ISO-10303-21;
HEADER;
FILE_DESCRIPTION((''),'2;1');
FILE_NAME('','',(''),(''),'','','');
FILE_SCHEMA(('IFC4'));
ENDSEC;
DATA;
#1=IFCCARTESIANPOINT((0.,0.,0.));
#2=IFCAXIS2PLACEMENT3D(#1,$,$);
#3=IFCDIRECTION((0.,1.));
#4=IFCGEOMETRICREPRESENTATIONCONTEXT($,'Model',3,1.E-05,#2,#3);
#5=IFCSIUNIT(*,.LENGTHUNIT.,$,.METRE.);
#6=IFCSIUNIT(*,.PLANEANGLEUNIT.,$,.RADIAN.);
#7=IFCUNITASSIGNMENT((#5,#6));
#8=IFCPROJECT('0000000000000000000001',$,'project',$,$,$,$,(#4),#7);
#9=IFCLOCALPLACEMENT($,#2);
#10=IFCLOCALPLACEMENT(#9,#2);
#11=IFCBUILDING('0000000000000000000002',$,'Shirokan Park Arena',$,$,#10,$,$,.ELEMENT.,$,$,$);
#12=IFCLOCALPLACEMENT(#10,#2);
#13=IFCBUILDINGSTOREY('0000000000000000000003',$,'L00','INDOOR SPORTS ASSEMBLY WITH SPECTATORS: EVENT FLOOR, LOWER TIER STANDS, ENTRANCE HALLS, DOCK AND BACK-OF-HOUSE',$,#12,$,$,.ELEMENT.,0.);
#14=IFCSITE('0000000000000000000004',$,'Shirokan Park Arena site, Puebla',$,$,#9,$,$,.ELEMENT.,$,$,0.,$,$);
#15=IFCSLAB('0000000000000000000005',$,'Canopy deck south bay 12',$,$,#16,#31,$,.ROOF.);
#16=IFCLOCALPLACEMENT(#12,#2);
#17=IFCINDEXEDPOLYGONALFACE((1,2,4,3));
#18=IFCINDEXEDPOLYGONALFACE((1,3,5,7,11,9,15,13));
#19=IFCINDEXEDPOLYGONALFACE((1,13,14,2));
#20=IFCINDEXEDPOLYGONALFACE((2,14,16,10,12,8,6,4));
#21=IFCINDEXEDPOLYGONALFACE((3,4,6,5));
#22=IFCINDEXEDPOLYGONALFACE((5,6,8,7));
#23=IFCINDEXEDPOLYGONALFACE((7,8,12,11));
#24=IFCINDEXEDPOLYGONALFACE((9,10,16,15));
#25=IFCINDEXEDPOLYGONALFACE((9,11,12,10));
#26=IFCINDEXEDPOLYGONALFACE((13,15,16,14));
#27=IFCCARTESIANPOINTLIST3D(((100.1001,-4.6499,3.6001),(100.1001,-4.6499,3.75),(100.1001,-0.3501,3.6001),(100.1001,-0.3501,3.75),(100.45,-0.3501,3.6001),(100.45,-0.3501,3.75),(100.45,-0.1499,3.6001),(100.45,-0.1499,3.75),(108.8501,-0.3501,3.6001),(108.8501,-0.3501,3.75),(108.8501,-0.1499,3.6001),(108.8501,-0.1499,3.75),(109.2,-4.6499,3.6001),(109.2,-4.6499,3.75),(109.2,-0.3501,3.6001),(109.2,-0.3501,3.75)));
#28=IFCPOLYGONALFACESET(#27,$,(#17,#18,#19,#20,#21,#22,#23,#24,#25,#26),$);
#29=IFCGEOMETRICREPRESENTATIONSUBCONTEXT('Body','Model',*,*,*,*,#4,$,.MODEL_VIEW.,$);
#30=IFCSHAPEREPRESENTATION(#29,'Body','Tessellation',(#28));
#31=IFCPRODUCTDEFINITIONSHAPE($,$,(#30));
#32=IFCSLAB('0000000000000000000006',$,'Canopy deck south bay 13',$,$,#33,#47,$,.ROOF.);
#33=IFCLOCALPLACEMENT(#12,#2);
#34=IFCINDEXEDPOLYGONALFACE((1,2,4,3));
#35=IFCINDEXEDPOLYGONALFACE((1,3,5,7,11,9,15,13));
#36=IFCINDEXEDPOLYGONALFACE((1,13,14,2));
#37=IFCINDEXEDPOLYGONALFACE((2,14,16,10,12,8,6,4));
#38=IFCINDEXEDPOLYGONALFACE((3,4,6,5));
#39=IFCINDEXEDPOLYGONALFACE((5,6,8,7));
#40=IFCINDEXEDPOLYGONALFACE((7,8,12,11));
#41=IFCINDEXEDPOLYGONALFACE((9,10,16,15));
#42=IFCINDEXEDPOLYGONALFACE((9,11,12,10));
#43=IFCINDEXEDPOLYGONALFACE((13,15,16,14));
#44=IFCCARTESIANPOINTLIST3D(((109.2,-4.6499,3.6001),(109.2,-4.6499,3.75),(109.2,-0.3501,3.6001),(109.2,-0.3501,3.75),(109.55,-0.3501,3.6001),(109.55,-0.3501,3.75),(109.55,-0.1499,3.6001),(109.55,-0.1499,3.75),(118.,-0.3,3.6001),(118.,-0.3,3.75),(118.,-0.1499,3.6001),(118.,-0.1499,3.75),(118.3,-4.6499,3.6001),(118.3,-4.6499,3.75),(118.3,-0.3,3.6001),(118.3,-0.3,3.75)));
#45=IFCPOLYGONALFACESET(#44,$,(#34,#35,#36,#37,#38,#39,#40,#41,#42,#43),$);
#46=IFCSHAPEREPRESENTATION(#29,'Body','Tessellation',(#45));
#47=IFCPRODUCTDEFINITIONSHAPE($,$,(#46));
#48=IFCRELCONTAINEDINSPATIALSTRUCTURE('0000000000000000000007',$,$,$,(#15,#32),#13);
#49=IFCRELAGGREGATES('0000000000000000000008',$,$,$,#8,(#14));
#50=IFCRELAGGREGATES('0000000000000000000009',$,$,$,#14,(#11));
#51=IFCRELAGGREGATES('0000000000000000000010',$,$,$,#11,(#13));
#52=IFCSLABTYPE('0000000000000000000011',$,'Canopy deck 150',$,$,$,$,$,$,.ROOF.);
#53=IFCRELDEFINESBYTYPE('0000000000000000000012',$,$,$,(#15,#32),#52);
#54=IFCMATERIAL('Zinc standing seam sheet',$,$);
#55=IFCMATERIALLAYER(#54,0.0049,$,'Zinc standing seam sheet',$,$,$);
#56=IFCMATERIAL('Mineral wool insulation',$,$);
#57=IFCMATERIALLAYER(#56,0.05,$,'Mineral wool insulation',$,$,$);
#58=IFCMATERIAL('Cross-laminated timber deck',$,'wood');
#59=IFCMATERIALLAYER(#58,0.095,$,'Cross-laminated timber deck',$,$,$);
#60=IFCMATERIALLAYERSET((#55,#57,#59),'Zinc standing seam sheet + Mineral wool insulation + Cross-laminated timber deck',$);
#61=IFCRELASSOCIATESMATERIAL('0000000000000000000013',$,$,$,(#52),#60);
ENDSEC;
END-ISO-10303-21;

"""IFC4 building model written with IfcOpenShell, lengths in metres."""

from ifc_helpers import new_model, si_unit, direction, frame, origin, place, context, subcontext, project, spatial, polyline, outline, extrude, material, layer, layer_set, type_object, element, save


model = new_model("IFC4")

# Units and contexts
model_context = context("Model", 3, precision=1e-05, world=origin(), true_north=direction((0.0, 1.0)))
body_context = subcontext(model_context, "Body", "Model", "MODEL_VIEW")
ifc_project = project(units=[si_unit("LENGTHUNIT", "METRE"), si_unit("PLANEANGLEUNIT", "RADIAN")], contexts=[model_context])

# Site, building, storey
site_placement = place(None, origin())
site = spatial("IfcSite", under=ifc_project, at=site_placement, Name="Shirokan Park Arena site, Puebla", CompositionType="ELEMENT", RefElevation=0.0)
building_placement = place(site_placement, origin())
building = spatial("IfcBuilding", under=site, at=building_placement, Name="Shirokan Park Arena", CompositionType="ELEMENT")
storey_placement = place(building_placement, origin())
storey = spatial("IfcBuildingStorey", under=building, at=storey_placement, Name="L00", Description="INDOOR SPORTS ASSEMBLY WITH SPECTATORS: EVENT FLOOR, LOWER TIER STANDS, ENTRANCE HALLS, DOCK AND BACK-OF-HOUSE", CompositionType="ELEMENT", Elevation=0.0)

# Slabs
ifc_material_1 = material(Name="Zinc standing seam sheet")
ifc_layer_1 = layer(ifc_material_1, 0.0049, Name="Zinc standing seam sheet")
ifc_material_2 = material(Name="Mineral wool insulation")
ifc_layer_2 = layer(ifc_material_2, 0.05, Name="Mineral wool insulation")
ifc_material_3 = material(Name="Cross-laminated timber deck", Category="wood")
ifc_layer_3 = layer(ifc_material_3, 0.095, Name="Cross-laminated timber deck")
ifc_layer_set = layer_set([ifc_layer_1, ifc_layer_2, ifc_layer_3], Name="Zinc standing seam sheet + Mineral wool insulation + Cross-laminated timber deck")
slab_type = type_object("IfcSlabType", Name="Canopy deck 150", PredefinedType="ROOF", material=ifc_layer_set)
slab_1_placement = place(storey_placement, frame((0.0, 0.0, 3.6001)))
element("IfcSlab", 1, at=slab_1_placement, inside=storey, type_object=slab_type, Name="Canopy deck south bay 12", PredefinedType="ROOF", context=body_context, shape_type="SweptSolid", body=[
    extrude(outline(polyline([(108.8501, -0.1499), (108.8501, -0.3501), (109.2, -0.3501), (109.2, -4.6499), (100.1001, -4.6499), (100.1001, -0.3501), (100.45, -0.3501), (100.45, -0.1499), (108.8501, -0.1499)])), origin(), (0.0, 0.0, 1.0), 0.1499),
])
slab_2_placement = place(storey_placement, frame((0.0, 0.0, 3.6001)))
element("IfcSlab", 2, at=slab_2_placement, inside=storey, type_object=slab_type, Name="Canopy deck south bay 13", PredefinedType="ROOF", context=body_context, shape_type="SweptSolid", body=[
    extrude(outline(polyline([(118.0, -0.1499), (118.0, -0.3), (118.3, -0.3), (118.3, -4.6499), (109.2, -4.6499), (109.2, -0.3501), (109.55, -0.3501), (109.55, -0.1499), (118.0, -0.1499)])), origin(), (0.0, 0.0, 1.0), 0.1499),
])

save(model, "model.ifc")
